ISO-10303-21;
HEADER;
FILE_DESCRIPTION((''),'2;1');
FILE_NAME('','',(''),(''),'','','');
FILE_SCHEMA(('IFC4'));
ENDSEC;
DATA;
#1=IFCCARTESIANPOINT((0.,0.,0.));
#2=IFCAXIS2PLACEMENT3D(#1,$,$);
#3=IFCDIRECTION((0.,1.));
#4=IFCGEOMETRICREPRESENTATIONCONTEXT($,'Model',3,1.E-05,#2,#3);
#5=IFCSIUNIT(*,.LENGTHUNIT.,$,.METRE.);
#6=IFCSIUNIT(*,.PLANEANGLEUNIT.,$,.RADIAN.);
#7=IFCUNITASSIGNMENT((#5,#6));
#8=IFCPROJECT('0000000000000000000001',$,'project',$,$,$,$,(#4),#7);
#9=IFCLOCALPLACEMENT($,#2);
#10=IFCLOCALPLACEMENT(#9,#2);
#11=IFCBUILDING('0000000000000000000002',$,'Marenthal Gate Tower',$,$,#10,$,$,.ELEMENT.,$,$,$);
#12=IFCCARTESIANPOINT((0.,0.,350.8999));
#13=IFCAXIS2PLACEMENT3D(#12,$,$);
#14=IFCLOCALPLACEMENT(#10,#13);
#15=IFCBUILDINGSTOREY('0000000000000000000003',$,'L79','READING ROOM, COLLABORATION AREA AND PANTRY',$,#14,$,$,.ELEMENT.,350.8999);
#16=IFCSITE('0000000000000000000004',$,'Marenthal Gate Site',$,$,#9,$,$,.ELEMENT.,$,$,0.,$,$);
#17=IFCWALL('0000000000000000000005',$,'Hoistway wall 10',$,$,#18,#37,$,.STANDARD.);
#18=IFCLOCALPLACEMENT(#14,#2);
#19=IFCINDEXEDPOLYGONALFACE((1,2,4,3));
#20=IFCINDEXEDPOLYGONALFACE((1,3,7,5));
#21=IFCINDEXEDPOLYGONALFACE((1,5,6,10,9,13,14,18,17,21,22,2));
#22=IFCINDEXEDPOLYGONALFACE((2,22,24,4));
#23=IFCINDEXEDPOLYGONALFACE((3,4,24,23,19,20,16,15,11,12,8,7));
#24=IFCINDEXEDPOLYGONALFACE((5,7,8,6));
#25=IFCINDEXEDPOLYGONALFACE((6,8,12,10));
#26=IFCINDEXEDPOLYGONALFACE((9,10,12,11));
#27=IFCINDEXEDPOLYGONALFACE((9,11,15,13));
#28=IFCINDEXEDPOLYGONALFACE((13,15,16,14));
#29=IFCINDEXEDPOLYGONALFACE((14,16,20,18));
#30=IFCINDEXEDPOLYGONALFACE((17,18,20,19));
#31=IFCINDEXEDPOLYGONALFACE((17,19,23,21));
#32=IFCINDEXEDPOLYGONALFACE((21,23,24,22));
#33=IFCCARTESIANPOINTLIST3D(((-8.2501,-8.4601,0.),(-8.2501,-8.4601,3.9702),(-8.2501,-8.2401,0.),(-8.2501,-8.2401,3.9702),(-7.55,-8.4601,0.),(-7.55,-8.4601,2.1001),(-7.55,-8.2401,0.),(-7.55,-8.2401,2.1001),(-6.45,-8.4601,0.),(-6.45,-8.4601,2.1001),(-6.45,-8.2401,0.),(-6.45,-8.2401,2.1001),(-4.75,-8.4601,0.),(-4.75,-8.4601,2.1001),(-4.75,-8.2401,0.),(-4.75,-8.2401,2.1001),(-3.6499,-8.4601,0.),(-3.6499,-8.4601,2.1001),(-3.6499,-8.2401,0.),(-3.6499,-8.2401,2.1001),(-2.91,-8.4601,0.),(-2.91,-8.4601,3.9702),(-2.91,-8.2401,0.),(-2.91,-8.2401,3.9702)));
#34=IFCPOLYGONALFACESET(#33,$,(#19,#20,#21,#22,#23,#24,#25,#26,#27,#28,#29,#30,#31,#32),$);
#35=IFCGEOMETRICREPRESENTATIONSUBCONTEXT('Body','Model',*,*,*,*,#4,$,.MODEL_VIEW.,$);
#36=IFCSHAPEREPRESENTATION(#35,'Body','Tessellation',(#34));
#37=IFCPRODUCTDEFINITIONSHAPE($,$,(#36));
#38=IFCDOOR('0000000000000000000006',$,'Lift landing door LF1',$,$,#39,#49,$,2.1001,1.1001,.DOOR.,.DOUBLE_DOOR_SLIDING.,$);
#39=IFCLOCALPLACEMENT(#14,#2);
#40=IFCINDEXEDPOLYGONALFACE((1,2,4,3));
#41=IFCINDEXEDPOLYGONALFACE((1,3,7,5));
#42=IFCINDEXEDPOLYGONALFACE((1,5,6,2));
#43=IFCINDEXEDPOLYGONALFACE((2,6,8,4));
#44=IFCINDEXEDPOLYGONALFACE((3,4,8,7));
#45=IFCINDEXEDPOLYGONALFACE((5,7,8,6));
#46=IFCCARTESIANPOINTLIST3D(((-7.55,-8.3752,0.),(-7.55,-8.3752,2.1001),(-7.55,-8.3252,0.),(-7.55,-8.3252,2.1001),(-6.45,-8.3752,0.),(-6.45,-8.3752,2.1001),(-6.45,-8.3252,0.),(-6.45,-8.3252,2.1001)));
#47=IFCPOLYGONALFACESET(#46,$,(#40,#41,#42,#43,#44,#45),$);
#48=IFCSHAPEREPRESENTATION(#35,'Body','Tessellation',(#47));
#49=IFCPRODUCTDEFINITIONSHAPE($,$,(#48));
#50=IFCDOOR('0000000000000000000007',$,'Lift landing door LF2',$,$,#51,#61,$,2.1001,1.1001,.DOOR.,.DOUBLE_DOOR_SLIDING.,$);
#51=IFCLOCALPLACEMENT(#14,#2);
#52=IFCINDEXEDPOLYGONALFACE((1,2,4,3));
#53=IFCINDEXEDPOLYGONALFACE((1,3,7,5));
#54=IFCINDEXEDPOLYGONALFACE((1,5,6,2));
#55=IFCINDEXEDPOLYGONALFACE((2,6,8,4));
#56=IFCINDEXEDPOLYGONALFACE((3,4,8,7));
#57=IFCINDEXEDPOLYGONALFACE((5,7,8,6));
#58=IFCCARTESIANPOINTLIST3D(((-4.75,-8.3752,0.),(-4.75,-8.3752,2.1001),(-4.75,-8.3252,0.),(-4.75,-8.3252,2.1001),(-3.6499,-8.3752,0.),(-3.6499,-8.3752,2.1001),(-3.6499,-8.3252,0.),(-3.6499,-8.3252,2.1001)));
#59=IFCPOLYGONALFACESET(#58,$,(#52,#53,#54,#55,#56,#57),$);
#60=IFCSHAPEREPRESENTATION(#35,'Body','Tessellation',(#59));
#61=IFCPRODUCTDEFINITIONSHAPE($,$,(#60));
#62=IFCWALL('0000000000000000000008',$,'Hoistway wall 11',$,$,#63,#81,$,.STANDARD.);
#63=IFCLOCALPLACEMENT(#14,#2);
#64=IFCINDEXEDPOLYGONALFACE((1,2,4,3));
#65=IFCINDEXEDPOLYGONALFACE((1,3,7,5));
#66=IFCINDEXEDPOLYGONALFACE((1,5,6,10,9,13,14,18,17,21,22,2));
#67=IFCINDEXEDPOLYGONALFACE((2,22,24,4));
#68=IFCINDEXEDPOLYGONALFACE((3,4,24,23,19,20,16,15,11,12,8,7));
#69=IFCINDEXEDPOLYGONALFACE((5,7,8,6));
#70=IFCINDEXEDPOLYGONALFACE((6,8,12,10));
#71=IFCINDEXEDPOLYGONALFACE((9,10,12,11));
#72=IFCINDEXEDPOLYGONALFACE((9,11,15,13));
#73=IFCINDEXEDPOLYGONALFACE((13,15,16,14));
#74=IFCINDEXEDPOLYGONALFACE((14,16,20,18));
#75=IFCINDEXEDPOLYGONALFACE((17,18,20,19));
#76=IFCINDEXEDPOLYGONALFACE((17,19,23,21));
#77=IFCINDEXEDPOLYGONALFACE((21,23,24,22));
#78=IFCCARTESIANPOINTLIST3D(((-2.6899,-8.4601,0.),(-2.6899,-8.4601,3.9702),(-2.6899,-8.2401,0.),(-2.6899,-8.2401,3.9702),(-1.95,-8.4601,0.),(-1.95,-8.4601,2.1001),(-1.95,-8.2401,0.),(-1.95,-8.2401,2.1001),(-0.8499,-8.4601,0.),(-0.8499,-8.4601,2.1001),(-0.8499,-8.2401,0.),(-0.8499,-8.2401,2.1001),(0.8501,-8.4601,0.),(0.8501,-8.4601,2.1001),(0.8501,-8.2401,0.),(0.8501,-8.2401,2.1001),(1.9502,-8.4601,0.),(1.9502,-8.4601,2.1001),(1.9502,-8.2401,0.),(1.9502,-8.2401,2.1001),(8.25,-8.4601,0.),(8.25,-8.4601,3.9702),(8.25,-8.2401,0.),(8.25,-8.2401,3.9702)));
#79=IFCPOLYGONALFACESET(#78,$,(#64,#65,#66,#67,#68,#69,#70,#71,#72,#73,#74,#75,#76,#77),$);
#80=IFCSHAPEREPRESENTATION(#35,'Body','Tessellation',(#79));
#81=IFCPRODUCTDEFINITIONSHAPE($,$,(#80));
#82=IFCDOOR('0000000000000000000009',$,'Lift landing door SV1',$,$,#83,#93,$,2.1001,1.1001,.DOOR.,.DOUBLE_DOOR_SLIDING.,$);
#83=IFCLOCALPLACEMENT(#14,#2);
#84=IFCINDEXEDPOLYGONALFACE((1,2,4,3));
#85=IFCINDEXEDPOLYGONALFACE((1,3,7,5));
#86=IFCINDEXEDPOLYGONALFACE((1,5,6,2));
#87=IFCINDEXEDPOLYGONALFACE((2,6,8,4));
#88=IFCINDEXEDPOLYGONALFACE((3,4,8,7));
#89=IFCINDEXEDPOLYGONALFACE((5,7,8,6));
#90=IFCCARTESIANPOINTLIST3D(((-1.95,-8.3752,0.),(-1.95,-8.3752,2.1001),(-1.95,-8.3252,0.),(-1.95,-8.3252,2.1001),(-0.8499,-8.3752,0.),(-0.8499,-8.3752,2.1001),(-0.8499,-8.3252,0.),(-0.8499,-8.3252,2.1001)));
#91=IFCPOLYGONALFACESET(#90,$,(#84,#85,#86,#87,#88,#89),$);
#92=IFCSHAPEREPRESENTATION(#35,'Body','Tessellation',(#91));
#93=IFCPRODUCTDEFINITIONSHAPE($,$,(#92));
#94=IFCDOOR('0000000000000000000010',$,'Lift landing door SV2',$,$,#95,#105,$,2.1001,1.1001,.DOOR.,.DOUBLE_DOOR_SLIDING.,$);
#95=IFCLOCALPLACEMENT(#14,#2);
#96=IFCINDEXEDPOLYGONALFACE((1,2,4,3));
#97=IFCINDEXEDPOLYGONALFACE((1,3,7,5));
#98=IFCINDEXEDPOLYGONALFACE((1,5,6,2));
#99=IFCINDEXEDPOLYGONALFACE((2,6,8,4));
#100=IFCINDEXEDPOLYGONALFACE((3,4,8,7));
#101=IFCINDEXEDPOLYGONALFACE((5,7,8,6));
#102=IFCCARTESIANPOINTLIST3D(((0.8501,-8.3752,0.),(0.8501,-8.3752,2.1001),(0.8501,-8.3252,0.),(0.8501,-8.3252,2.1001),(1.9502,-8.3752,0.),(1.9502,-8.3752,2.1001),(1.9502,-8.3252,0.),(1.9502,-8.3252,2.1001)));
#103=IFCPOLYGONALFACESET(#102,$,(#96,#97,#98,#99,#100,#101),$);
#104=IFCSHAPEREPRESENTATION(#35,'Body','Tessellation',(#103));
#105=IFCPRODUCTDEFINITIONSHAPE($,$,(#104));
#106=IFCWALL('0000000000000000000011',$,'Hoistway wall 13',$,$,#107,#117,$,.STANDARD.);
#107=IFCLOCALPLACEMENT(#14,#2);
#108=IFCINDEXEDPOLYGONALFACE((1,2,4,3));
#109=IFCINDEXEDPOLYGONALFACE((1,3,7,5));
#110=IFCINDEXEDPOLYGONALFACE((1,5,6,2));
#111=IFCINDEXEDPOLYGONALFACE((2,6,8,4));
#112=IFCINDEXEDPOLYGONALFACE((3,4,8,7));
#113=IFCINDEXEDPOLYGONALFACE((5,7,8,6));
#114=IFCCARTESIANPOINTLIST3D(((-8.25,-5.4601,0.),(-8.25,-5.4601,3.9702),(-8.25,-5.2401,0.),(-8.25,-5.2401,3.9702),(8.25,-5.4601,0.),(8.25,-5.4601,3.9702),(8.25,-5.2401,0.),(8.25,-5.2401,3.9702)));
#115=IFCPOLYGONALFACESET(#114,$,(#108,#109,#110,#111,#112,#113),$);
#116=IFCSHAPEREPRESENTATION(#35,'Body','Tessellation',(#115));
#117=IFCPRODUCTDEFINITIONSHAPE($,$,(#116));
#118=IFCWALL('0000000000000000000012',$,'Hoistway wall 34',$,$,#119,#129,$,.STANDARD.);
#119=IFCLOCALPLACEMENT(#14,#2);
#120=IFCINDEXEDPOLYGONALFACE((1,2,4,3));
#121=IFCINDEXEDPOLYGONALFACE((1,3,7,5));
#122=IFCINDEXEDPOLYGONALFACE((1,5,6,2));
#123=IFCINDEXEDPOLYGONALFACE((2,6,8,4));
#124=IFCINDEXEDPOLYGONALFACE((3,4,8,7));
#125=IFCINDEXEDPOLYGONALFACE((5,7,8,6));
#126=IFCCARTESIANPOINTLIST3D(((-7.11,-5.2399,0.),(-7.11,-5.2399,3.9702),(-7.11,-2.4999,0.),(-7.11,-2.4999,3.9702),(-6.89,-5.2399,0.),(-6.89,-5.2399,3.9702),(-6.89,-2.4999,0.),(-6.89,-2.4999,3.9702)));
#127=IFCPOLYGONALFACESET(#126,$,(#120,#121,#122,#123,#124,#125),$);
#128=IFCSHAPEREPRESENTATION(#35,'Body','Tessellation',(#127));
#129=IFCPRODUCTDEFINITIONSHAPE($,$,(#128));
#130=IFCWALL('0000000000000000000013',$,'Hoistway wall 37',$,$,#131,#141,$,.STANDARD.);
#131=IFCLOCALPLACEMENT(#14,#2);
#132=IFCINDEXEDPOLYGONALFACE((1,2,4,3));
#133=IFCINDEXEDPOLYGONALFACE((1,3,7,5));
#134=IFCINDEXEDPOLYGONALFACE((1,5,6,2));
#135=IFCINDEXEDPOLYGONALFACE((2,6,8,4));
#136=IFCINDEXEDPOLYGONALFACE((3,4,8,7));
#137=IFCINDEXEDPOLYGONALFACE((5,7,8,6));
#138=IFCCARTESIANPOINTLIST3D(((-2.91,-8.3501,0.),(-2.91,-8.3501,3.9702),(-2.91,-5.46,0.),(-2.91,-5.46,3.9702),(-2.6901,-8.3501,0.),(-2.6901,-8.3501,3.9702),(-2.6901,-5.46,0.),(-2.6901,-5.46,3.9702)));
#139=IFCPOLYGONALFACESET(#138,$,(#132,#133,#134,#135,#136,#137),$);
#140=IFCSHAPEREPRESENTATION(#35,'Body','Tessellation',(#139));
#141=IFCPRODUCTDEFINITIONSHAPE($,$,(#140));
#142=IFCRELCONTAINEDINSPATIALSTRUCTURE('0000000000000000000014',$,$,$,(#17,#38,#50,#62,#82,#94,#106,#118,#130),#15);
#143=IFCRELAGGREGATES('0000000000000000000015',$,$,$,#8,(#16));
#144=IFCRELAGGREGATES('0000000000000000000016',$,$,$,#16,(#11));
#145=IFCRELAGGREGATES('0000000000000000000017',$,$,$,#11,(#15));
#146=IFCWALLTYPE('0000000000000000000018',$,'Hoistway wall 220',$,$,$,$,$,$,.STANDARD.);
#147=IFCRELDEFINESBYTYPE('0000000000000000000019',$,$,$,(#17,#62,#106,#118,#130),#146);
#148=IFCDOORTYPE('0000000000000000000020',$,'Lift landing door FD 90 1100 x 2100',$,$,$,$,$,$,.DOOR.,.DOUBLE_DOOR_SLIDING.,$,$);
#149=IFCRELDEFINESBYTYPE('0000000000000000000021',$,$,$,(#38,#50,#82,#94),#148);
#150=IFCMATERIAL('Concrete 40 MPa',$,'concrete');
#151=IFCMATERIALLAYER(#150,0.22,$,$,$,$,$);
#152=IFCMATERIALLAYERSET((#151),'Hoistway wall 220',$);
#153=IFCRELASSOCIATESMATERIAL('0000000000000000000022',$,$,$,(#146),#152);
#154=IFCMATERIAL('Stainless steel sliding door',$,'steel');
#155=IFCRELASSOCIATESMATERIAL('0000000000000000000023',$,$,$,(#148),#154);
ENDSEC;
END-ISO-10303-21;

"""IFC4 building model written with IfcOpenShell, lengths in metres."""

from ifc_helpers import new_model, si_unit, direction, frame, frame_2d, origin, place, context, subcontext, project, spatial, rectangle, extrude, material, layer, layer_set, type_object, element, fill, save


model = new_model("IFC4")

# Units and contexts
model_context = context("Model", 3, precision=1e-05, world=origin(), true_north=direction((0.0, 1.0)))
body_context = subcontext(model_context, "Body", "Model", "MODEL_VIEW")
ifc_project = project(units=[si_unit("LENGTHUNIT", "METRE"), si_unit("PLANEANGLEUNIT", "RADIAN")], contexts=[model_context])

# Site, building, storey
site_placement = place(None, origin())
site = spatial("IfcSite", under=ifc_project, at=site_placement, Name="Marenthal Gate Site", CompositionType="ELEMENT", RefElevation=0.0)
building_placement = place(site_placement, origin())
building = spatial("IfcBuilding", under=site, at=building_placement, Name="Marenthal Gate Tower", CompositionType="ELEMENT")
storey_placement = place(building_placement, frame((0.0, 0.0, 350.8999)))
storey = spatial("IfcBuildingStorey", under=building, at=storey_placement, Name="L79", Description="READING ROOM, COLLABORATION AREA AND PANTRY", CompositionType="ELEMENT", Elevation=350.8999)

# Walls, openings, doors
ifc_material_1 = material(Name="Concrete 40 MPa", Category="concrete")
ifc_layer_1 = layer(ifc_material_1, 0.22)
ifc_layer_set_1 = layer_set([ifc_layer_1], Name="Hoistway wall 220")
wall_type_1 = type_object("IfcWallType", Name="Hoistway wall 220", PredefinedType="STANDARD", material=ifc_layer_set_1)
wall_1_placement = place(storey_placement, frame((-8.25, -8.3501, 0.0), z_axis=(0.0, 0.0, 1.0), x_axis=(1.0, 0.0, 0.0)))
wall_1 = element("IfcWall", 1, at=wall_1_placement, inside=storey, type_object=wall_type_1, Name="Hoistway wall 10", PredefinedType="STANDARD", context=body_context, shape_type="SweptSolid", body=[
    extrude(rectangle(XDim=5.3401, YDim=0.22, at=frame_2d((2.6699, 0.0))), origin(), (0.0, 0.0, 1.0), 3.9702),
])
opening_1_placement = place(wall_1_placement, frame((0.7, 0.0, 0.0)))
opening_1 = element("IfcOpeningElement", 2, at=opening_1_placement, cuts=wall_1, PredefinedType="OPENING", context=body_context, shape_type="SweptSolid", body=[
    extrude(rectangle(XDim=1.1001, YDim=2.1001, at=frame_2d((0.55, 1.05))), frame((0.0, 0.1201, 0.0), z_axis=(0.0, -1.0, 0.0), x_axis=(1.0, 0.0, 0.0)), (0.0, 0.0, 1.0), 0.24),
])
opening_2_placement = place(wall_1_placement, frame((3.5, 0.0, 0.0)))
opening_2 = element("IfcOpeningElement", 3, at=opening_2_placement, cuts=wall_1, PredefinedType="OPENING", context=body_context, shape_type="SweptSolid", body=[
    extrude(rectangle(XDim=1.1001, YDim=2.1001, at=frame_2d((0.55, 1.05))), frame((0.0, 0.1201, 0.0), z_axis=(0.0, -1.0, 0.0), x_axis=(1.0, 0.0, 0.0)), (0.0, 0.0, 1.0), 0.24),
])
ifc_material_2 = material(Name="Stainless steel sliding door", Category="steel")
door_type = type_object("IfcDoorType", Name="Lift landing door FD 90 1100 x 2100", OperationType="DOUBLE_DOOR_SLIDING", PredefinedType="DOOR", material=ifc_material_2)
door_1_placement = place(opening_1_placement, origin())
door_1 = element("IfcDoor", 4, at=door_1_placement, inside=storey, type_object=door_type, Name="Lift landing door LF1", OperationType="DOUBLE_DOOR_SLIDING", OverallHeight=2.1001, OverallWidth=1.1001, PredefinedType="DOOR", context=body_context, shape_type="SweptSolid", body=[
    extrude(rectangle(XDim=1.1001, YDim=2.1001, at=frame_2d((0.55, 1.05))), frame((0.0, 0.0249, 0.0), z_axis=(0.0, -1.0, 0.0), x_axis=(1.0, 0.0, 0.0)), (0.0, 0.0, 1.0), 0.05),
])
fill(opening_1, door_1)
door_2_placement = place(opening_2_placement, origin())
door_2 = element("IfcDoor", 5, at=door_2_placement, inside=storey, type_object=door_type, Name="Lift landing door LF2", OperationType="DOUBLE_DOOR_SLIDING", OverallHeight=2.1001, OverallWidth=1.1001, PredefinedType="DOOR", context=body_context, shape_type="SweptSolid", body=[
    extrude(rectangle(XDim=1.1001, YDim=2.1001, at=frame_2d((0.55, 1.05))), frame((0.0, 0.0249, 0.0), z_axis=(0.0, -1.0, 0.0), x_axis=(1.0, 0.0, 0.0)), (0.0, 0.0, 1.0), 0.05),
])
fill(opening_2, door_2)
wall_2_placement = place(storey_placement, frame((-2.6899, -8.3501, 0.0), z_axis=(0.0, 0.0, 1.0), x_axis=(1.0, 0.0, 0.0)))
wall_2 = element("IfcWall", 6, at=wall_2_placement, inside=storey, type_object=wall_type_1, Name="Hoistway wall 11", PredefinedType="STANDARD", context=body_context, shape_type="SweptSolid", body=[
    extrude(rectangle(XDim=10.9399, YDim=0.22, at=frame_2d((5.47, 0.0))), origin(), (0.0, 0.0, 1.0), 3.9702),
])
opening_3_placement = place(wall_2_placement, frame((0.74, 0.0, 0.0)))
opening_3 = element("IfcOpeningElement", 7, at=opening_3_placement, cuts=wall_2, PredefinedType="OPENING", context=body_context, shape_type="SweptSolid", body=[
    extrude(rectangle(XDim=1.1001, YDim=2.1001, at=frame_2d((0.55, 1.05))), frame((0.0, 0.1201, 0.0), z_axis=(0.0, -1.0, 0.0), x_axis=(1.0, 0.0, 0.0)), (0.0, 0.0, 1.0), 0.24),
])
opening_4_placement = place(wall_2_placement, frame((3.54, 0.0, 0.0)))
opening_4 = element("IfcOpeningElement", 8, at=opening_4_placement, cuts=wall_2, PredefinedType="OPENING", context=body_context, shape_type="SweptSolid", body=[
    extrude(rectangle(XDim=1.1001, YDim=2.1001, at=frame_2d((0.55, 1.05))), frame((0.0, 0.1201, 0.0), z_axis=(0.0, -1.0, 0.0), x_axis=(1.0, 0.0, 0.0)), (0.0, 0.0, 1.0), 0.24),
])
door_3_placement = place(opening_3_placement, origin())
door_3 = element("IfcDoor", 9, at=door_3_placement, inside=storey, type_object=door_type, Name="Lift landing door SV1", OperationType="DOUBLE_DOOR_SLIDING", OverallHeight=2.1001, OverallWidth=1.1001, PredefinedType="DOOR", context=body_context, shape_type="SweptSolid", body=[
    extrude(rectangle(XDim=1.1001, YDim=2.1001, at=frame_2d((0.55, 1.05))), frame((0.0, 0.0249, 0.0), z_axis=(0.0, -1.0, 0.0), x_axis=(1.0, 0.0, 0.0)), (0.0, 0.0, 1.0), 0.05),
])
fill(opening_3, door_3)
door_4_placement = place(opening_4_placement, origin())
door_4 = element("IfcDoor", 10, at=door_4_placement, inside=storey, type_object=door_type, Name="Lift landing door SV2", OperationType="DOUBLE_DOOR_SLIDING", OverallHeight=2.1001, OverallWidth=1.1001, PredefinedType="DOOR", context=body_context, shape_type="SweptSolid", body=[
    extrude(rectangle(XDim=1.1001, YDim=2.1001, at=frame_2d((0.55, 1.05))), frame((0.0, 0.0249, 0.0), z_axis=(0.0, -1.0, 0.0), x_axis=(1.0, 0.0, 0.0)), (0.0, 0.0, 1.0), 0.05),
])
fill(opening_4, door_4)

# Walls
wall_3_placement = place(storey_placement, frame((-8.25, -5.3501, 0.0), z_axis=(0.0, 0.0, 1.0), x_axis=(1.0, 0.0, 0.0)))
element("IfcWall", 11, at=wall_3_placement, inside=storey, type_object=wall_type_1, Name="Hoistway wall 13", PredefinedType="STANDARD", context=body_context, shape_type="SweptSolid", body=[
    extrude(rectangle(XDim=16.5, YDim=0.22, at=frame_2d((8.25, 0.0))), origin(), (0.0, 0.0, 1.0), 3.9702),
])
wall_4_placement = place(storey_placement, frame((-7.0, -5.24, 0.0), z_axis=(0.0, 0.0, 1.0), x_axis=(0.0, 1.0, 0.0)))
element("IfcWall", 12, at=wall_4_placement, inside=storey, type_object=wall_type_1, Name="Hoistway wall 34", PredefinedType="STANDARD", context=body_context, shape_type="SweptSolid", body=[
    extrude(rectangle(XDim=2.74, YDim=0.22, at=frame_2d((1.3701, 0.0))), origin(), (0.0, 0.0, 1.0), 3.9702),
])
wall_5_placement = place(storey_placement, frame((-2.8, -8.3501, 0.0), z_axis=(0.0, 0.0, 1.0), x_axis=(0.0, 1.0, 0.0)))
element("IfcWall", 13, at=wall_5_placement, inside=storey, type_object=wall_type_1, Name="Hoistway wall 37", PredefinedType="STANDARD", context=body_context, shape_type="SweptSolid", body=[
    extrude(rectangle(XDim=2.8901, YDim=0.22, at=frame_2d((1.4451, 0.0))), origin(), (0.0, 0.0, 1.0), 3.9702),
])

save(model, "model.ifc")
